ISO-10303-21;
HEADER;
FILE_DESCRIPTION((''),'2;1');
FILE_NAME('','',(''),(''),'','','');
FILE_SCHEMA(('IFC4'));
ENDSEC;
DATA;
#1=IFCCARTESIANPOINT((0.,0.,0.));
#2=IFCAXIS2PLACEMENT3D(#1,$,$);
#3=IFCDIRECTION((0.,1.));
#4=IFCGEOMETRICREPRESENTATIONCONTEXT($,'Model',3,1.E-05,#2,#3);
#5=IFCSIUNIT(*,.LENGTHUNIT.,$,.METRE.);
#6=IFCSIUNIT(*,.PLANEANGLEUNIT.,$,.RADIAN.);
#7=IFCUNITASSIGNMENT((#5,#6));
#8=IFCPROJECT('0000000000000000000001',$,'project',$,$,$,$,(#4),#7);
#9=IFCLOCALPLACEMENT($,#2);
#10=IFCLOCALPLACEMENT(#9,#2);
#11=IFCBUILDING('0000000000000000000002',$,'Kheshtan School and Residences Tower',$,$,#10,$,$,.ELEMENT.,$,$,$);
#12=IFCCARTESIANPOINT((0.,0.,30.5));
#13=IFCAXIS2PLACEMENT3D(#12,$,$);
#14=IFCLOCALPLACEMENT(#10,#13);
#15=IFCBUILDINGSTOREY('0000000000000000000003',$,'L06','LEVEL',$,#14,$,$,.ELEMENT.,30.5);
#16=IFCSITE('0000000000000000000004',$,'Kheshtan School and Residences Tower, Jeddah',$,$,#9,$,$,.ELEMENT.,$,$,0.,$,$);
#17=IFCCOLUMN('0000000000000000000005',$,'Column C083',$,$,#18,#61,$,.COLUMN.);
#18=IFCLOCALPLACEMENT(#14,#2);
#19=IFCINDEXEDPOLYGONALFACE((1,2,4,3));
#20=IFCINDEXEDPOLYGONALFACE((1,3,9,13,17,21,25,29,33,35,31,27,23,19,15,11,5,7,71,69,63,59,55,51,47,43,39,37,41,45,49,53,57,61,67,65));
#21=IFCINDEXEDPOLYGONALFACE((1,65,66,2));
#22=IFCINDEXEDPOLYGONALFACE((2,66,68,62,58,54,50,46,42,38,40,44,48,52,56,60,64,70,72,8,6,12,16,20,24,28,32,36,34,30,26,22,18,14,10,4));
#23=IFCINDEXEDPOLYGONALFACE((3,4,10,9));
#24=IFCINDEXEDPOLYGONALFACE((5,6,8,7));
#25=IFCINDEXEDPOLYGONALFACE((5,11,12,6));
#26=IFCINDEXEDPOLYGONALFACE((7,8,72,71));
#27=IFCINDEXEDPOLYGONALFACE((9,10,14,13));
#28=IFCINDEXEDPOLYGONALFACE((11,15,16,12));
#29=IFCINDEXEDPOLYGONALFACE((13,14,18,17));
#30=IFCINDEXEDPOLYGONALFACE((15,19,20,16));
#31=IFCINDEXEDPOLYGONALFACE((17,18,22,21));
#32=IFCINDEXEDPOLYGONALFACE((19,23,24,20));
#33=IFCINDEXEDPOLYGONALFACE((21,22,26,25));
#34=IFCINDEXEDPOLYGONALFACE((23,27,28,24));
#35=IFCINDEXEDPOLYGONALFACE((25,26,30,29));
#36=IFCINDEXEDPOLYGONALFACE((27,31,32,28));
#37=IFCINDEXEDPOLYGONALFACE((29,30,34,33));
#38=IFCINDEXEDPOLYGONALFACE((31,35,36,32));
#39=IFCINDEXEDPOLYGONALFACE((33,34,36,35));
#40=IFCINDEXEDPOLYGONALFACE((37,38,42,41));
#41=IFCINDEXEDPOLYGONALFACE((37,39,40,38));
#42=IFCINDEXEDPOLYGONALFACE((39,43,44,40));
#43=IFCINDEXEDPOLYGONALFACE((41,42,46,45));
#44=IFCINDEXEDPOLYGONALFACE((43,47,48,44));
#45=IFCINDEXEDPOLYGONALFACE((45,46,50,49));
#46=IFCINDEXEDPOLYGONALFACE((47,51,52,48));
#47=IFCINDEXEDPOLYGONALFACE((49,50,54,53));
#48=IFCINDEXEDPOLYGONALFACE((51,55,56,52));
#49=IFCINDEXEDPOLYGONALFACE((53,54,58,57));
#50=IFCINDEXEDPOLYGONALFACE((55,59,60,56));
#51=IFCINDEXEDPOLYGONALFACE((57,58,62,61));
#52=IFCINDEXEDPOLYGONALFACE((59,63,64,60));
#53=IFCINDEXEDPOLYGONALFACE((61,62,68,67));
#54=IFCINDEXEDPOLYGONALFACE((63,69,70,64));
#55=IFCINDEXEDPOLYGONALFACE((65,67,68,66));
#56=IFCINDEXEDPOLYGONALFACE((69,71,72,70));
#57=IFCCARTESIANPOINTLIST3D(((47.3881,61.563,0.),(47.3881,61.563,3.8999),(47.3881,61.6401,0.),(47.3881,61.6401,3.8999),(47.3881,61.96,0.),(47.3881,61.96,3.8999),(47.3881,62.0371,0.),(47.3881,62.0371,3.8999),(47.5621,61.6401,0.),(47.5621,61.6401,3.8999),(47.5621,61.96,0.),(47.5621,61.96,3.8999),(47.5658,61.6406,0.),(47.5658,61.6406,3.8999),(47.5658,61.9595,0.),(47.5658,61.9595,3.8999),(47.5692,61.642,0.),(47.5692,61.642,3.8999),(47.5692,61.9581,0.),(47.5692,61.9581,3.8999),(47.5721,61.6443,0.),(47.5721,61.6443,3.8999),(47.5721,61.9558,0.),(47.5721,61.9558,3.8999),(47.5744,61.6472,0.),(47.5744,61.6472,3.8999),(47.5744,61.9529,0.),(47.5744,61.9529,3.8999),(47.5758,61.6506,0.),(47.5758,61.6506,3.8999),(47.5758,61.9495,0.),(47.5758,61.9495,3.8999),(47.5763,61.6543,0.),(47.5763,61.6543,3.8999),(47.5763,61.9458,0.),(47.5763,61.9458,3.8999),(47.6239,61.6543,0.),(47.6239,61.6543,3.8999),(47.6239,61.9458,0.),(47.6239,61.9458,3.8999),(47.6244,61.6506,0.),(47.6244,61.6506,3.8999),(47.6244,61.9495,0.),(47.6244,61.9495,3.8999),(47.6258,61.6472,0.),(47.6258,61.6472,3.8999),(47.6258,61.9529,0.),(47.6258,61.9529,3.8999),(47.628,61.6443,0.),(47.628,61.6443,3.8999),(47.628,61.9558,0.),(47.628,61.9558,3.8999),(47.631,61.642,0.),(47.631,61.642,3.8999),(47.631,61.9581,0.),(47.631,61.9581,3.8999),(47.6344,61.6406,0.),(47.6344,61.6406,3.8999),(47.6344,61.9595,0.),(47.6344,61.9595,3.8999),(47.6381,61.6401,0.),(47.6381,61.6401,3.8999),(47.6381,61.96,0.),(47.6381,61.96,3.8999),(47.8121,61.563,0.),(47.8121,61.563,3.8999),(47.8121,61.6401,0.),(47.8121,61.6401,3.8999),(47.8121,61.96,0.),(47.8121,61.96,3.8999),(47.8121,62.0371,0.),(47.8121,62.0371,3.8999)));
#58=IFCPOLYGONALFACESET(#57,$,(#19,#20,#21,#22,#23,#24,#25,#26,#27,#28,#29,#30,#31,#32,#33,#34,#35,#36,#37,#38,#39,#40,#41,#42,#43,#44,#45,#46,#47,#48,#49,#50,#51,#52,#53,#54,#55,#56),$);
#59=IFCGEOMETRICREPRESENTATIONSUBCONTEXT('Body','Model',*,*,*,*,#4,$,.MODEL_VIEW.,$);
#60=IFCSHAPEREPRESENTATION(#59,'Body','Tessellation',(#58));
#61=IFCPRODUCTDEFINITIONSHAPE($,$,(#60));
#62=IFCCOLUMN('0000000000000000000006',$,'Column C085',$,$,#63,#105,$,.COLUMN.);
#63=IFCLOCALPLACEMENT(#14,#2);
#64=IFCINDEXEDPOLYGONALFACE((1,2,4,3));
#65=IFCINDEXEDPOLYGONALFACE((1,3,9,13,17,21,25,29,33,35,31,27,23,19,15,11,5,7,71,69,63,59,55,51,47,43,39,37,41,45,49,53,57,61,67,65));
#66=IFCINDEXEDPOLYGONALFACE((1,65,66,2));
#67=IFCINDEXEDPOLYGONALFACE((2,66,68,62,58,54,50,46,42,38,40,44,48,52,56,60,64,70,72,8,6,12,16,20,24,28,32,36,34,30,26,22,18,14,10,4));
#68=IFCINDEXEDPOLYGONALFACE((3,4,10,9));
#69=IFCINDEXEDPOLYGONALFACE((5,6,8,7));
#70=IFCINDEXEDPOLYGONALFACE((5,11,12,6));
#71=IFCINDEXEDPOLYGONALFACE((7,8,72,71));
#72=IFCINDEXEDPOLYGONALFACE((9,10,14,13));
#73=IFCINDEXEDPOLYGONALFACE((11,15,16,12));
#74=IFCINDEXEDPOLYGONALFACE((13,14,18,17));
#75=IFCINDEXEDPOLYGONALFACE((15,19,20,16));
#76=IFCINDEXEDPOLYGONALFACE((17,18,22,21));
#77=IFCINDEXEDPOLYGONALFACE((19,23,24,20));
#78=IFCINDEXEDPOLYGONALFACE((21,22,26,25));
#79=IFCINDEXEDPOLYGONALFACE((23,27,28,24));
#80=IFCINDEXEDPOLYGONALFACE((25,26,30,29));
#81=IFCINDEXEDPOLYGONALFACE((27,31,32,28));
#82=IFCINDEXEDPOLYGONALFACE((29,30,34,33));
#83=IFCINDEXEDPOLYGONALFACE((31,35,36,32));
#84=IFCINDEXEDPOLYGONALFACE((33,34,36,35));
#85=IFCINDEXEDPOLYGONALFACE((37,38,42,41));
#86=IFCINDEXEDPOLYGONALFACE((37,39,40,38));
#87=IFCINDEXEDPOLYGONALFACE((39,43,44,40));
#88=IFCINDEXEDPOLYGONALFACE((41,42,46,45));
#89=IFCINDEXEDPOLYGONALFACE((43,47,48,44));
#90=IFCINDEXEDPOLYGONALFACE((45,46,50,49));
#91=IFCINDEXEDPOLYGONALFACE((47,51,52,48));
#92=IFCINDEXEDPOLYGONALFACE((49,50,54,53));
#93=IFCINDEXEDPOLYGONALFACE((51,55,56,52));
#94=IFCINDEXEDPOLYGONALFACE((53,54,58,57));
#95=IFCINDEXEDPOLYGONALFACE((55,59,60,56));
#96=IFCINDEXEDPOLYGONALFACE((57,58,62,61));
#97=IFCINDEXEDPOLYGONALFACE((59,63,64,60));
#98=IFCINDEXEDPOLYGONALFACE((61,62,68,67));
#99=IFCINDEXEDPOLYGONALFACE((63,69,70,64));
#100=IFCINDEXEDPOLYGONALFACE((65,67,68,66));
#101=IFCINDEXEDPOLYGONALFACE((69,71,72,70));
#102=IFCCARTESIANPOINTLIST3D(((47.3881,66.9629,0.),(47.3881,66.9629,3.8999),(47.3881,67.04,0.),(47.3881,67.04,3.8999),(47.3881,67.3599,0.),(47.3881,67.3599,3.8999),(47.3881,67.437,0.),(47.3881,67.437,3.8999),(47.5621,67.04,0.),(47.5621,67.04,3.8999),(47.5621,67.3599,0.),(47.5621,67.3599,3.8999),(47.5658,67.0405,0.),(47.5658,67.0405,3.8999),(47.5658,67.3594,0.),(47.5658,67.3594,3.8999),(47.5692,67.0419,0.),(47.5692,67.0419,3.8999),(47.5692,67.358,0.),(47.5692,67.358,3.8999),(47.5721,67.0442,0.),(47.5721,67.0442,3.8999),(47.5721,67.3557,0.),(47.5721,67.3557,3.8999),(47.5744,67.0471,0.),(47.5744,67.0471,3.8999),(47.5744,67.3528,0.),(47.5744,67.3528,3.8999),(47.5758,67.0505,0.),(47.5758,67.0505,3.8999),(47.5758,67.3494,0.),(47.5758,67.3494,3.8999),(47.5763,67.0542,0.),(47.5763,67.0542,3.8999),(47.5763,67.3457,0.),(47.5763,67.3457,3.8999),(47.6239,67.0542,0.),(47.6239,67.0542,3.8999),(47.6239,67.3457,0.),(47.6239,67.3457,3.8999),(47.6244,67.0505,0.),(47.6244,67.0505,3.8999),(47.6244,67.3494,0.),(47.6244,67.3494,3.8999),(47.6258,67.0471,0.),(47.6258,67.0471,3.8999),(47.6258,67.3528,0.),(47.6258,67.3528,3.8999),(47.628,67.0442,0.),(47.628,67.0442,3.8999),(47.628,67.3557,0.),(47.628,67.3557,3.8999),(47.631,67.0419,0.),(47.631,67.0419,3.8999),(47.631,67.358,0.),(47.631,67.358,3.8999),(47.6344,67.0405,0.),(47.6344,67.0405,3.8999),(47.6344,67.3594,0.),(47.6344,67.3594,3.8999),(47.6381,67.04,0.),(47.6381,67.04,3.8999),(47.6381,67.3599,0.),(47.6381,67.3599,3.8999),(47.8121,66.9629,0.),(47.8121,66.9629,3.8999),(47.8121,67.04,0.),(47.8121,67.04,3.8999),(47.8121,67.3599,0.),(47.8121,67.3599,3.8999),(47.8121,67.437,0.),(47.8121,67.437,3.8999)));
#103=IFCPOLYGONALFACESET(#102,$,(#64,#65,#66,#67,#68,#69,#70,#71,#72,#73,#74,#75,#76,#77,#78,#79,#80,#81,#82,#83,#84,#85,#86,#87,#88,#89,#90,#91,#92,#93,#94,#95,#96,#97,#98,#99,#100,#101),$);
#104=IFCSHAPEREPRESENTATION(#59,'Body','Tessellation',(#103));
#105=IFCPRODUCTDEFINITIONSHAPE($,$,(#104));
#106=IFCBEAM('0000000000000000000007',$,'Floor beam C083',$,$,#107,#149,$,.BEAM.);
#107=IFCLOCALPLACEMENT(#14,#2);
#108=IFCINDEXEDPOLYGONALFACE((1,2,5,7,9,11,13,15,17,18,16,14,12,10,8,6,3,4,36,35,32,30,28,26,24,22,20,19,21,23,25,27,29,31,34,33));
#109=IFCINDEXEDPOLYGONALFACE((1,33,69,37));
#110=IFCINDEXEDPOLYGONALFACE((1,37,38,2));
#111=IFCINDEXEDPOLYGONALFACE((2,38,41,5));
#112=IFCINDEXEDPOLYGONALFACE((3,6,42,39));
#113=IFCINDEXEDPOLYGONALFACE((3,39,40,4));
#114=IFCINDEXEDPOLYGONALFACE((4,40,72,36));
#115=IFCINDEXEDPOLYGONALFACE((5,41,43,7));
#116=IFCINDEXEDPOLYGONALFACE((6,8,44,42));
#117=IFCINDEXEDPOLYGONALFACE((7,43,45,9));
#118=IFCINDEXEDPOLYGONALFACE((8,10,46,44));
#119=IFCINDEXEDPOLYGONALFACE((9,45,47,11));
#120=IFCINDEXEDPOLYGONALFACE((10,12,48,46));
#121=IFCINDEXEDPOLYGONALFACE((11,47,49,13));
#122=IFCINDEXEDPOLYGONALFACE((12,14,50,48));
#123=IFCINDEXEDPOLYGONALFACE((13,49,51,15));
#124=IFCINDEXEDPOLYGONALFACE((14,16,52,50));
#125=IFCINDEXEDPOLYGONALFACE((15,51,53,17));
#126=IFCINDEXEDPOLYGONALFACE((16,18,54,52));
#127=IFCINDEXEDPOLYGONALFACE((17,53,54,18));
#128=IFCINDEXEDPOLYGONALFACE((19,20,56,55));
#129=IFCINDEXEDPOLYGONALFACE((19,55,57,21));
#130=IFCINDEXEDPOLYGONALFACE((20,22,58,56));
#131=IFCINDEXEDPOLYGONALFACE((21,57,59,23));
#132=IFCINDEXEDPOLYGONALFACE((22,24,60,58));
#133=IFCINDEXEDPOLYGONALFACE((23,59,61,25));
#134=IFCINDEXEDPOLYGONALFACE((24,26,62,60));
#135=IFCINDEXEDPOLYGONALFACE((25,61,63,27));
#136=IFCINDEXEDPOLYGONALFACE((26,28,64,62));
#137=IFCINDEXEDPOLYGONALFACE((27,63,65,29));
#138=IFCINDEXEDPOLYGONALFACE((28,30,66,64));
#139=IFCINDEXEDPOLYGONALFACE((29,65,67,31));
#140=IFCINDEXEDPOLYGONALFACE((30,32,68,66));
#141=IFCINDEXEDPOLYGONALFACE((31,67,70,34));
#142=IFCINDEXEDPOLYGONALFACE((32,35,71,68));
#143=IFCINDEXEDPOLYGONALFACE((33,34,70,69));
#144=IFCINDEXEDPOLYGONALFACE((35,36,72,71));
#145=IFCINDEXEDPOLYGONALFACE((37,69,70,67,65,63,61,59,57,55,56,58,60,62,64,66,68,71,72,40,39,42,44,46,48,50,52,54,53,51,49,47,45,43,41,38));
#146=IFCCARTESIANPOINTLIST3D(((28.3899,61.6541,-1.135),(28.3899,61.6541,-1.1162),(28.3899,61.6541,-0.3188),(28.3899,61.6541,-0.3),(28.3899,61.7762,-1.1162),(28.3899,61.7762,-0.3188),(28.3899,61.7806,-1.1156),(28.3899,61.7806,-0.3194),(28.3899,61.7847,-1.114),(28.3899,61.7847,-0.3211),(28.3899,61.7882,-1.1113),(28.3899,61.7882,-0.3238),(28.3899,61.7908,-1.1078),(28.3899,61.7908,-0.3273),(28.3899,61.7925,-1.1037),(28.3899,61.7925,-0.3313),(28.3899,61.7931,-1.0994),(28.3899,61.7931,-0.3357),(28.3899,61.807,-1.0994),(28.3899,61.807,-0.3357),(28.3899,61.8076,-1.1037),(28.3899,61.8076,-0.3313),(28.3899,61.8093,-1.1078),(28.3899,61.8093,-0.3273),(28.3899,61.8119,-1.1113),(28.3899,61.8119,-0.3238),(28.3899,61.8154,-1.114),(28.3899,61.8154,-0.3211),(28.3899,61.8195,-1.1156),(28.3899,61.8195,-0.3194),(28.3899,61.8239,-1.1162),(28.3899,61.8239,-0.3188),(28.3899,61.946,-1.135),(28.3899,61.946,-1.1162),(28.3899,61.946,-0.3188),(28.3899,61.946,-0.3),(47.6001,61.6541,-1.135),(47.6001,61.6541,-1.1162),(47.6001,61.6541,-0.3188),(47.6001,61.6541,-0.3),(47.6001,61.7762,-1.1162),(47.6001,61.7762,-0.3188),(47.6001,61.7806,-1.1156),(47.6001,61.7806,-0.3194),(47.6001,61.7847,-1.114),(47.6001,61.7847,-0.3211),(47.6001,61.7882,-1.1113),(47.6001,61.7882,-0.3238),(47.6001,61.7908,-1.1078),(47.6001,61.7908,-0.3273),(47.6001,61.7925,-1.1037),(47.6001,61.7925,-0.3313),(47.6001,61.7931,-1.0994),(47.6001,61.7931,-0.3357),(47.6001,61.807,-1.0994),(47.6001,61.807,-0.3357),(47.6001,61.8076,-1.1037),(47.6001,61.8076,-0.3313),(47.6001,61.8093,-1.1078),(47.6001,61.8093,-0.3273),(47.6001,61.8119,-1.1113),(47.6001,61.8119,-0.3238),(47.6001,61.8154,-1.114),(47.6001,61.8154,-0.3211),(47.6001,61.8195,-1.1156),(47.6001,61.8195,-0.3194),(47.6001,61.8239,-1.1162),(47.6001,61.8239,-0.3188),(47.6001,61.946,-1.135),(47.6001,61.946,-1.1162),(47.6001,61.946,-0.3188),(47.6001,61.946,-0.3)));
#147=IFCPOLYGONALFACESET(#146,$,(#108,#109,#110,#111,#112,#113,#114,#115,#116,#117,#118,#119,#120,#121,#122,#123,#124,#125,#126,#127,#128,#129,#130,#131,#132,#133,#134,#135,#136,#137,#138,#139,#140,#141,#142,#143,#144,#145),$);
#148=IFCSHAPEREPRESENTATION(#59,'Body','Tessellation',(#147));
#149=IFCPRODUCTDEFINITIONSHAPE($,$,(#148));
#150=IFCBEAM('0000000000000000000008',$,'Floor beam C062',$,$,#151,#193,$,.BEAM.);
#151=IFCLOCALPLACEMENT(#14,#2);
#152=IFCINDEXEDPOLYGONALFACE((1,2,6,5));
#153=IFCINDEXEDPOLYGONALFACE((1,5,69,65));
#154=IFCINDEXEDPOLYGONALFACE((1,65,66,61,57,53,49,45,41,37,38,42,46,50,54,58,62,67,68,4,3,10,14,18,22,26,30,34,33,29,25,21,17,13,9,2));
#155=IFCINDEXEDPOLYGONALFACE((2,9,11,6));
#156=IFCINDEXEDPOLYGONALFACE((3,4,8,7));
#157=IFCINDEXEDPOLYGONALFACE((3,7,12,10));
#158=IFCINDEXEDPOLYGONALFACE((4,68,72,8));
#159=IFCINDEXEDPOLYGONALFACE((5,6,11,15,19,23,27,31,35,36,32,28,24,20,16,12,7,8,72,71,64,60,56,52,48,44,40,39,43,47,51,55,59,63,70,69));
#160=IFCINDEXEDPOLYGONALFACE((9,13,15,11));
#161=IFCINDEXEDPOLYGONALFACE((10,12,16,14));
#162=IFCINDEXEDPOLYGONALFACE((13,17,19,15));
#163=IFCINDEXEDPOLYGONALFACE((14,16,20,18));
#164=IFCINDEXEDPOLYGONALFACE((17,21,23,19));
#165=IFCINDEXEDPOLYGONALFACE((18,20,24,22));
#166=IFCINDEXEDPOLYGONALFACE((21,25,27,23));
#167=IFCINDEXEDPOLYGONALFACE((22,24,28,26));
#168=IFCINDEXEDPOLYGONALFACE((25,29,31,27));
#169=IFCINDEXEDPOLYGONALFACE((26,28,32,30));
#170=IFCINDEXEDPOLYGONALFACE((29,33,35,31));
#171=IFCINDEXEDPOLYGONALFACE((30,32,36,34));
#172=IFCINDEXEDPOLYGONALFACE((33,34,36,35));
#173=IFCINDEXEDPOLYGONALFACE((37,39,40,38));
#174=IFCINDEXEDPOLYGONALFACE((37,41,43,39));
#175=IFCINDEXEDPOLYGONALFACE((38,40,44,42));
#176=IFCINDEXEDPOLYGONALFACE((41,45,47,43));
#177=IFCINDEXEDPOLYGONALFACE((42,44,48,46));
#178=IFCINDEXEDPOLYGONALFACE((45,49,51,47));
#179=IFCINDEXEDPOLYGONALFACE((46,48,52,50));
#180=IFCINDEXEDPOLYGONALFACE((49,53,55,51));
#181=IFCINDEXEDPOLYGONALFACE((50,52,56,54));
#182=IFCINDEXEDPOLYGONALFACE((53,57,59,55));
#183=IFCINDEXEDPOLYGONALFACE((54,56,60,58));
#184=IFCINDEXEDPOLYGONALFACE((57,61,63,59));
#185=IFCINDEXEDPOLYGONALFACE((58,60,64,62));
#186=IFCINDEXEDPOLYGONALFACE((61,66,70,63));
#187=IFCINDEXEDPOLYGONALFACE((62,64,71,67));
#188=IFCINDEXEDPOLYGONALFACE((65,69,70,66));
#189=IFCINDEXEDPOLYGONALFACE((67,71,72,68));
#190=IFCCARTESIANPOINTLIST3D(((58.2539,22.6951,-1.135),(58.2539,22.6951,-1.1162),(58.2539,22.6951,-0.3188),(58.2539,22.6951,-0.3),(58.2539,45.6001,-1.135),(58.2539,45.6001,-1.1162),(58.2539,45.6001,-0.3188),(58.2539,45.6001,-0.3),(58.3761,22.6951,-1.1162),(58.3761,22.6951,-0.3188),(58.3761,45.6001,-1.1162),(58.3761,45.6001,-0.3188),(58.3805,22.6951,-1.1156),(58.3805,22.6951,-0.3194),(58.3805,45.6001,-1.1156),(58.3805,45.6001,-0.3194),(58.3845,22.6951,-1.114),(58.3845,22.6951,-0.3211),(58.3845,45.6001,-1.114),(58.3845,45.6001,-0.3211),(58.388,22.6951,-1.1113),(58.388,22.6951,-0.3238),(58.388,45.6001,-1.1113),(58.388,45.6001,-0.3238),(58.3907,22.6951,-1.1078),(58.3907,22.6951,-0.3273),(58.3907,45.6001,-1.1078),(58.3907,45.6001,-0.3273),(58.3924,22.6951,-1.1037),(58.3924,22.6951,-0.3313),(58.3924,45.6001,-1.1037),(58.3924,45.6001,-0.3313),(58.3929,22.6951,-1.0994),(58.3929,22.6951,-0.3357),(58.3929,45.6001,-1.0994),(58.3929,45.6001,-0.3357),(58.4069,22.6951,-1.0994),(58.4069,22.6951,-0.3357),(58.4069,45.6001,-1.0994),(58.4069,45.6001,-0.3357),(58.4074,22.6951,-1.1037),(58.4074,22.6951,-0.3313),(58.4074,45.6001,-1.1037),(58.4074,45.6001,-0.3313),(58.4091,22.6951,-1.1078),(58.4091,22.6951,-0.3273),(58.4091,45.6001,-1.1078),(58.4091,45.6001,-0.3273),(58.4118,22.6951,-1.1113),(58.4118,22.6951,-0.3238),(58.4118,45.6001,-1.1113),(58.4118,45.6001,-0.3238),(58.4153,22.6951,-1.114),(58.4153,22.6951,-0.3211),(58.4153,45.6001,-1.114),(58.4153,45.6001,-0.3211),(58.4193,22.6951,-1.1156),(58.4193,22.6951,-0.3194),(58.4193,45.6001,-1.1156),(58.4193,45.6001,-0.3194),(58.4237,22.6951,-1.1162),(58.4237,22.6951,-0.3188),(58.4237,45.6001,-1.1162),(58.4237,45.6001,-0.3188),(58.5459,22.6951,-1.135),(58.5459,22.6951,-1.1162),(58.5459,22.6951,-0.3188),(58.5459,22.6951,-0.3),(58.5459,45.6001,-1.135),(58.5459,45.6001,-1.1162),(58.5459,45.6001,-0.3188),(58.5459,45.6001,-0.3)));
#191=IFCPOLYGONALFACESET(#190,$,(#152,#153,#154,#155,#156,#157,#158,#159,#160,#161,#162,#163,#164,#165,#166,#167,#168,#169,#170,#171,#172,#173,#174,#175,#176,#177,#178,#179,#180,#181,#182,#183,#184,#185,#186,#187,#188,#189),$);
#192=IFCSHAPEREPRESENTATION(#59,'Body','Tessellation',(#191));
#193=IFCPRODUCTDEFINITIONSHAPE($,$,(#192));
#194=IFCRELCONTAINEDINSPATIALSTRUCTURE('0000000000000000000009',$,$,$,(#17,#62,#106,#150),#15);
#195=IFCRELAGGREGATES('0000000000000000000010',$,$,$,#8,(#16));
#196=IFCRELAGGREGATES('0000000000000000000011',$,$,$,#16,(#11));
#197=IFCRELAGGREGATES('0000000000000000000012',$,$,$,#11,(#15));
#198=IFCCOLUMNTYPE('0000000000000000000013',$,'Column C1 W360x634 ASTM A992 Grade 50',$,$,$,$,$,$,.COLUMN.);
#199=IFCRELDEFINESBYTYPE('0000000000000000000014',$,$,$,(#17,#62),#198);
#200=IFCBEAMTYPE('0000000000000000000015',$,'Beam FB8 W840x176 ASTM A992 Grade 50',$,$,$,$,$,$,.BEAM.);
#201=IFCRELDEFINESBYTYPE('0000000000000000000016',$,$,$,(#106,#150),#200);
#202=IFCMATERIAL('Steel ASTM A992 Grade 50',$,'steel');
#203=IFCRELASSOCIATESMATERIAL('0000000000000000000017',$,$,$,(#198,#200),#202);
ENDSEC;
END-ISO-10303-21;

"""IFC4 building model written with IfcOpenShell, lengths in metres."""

from ifc_helpers import new_model, si_unit, direction, frame, origin, origin_2d, place, context, subcontext, project, spatial, i_section, extrude, material, material_profile, profile_set, type_object, element, save


model = new_model("IFC4")

# Units and contexts
model_context = context("Model", 3, precision=1e-05, world=origin(), true_north=direction((0.0, 1.0)))
body_context = subcontext(model_context, "Body", "Model", "MODEL_VIEW")
ifc_project = project(units=[si_unit("LENGTHUNIT", "METRE"), si_unit("PLANEANGLEUNIT", "RADIAN")], contexts=[model_context])

# Site, building, storey
site_placement = place(None, origin())
site = spatial("IfcSite", under=ifc_project, at=site_placement, Name="Kheshtan School and Residences Tower, Jeddah", CompositionType="ELEMENT", RefElevation=0.0)
building_placement = place(site_placement, origin())
building = spatial("IfcBuilding", under=site, at=building_placement, Name="Kheshtan School and Residences Tower", CompositionType="ELEMENT")
storey_placement = place(building_placement, frame((0.0, 0.0, 30.5)))
storey = spatial("IfcBuildingStorey", under=building, at=storey_placement, Name="L06", Description="LEVEL", CompositionType="ELEMENT", Elevation=30.5)

# Columns
ifc_material_1 = material(Name="Steel ASTM A992 Grade 50", Category="steel")
ifc_material_profile_1 = material_profile(ifc_material_1, i_section(OverallWidth=0.4241, OverallDepth=0.4741, WebThickness=0.0476, FlangeThickness=0.0771, FilletRadius=0.0142, at=origin_2d()), Name="W360x634")
ifc_profile_set_1 = profile_set([ifc_material_profile_1], Name="Steel ASTM A992 Grade 50")
column_type = type_object("IfcColumnType", Name="Column C1 W360x634 ASTM A992 Grade 50", PredefinedType="COLUMN", material=ifc_profile_set_1)
for number, where, z_axis, x_axis, name in (
    (1, (47.6001, 61.8, 0.0), (0.0, 0.0, 1.0), (1.0, 0.0, 0.0), "Column C083"),
    (2, (47.6001, 67.2, 0.0), (0.0, 0.0, 1.0), (1.0, 0.0, 0.0), "Column C085"),
):
    element("IfcColumn", number, at=place(storey_placement, frame(where, z_axis=z_axis, x_axis=x_axis)), inside=storey, type_object=column_type, Name=name, PredefinedType="COLUMN", context=body_context, shape_type="SweptSolid", body=[
        extrude(i_section(OverallWidth=0.4241, OverallDepth=0.4741, WebThickness=0.0476, FlangeThickness=0.0771, FilletRadius=0.0142, at=origin_2d()), origin(), (0.0, 0.0, 1.0), 3.8999),
    ])

# Beams
ifc_material_profile_2 = material_profile(ifc_material_1, i_section(OverallWidth=0.292, OverallDepth=0.835, WebThickness=0.0139, FlangeThickness=0.0188, FilletRadius=0.0168, at=origin_2d()), Name="W840x176")
ifc_profile_set_2 = profile_set([ifc_material_profile_2], Name="Steel ASTM A992 Grade 50")
beam_type_1 = type_object("IfcBeamType", Name="Beam FB8 W840x176 ASTM A992 Grade 50", PredefinedType="BEAM", material=ifc_profile_set_2)
beam_1_placement = place(storey_placement, frame((47.6001, 61.8, -0.7175), z_axis=(-1.0, 0.0, 0.0), x_axis=(0.0, -1.0, 0.0)))
element("IfcBeam", 3, at=beam_1_placement, inside=storey, type_object=beam_type_1, Name="Floor beam C083", PredefinedType="BEAM", context=body_context, shape_type="SweptSolid", body=[
    extrude(i_section(OverallWidth=0.292, OverallDepth=0.835, WebThickness=0.0139, FlangeThickness=0.0188, FilletRadius=0.0168, at=origin_2d()), origin(), (0.0, 0.0, 1.0), 19.2102),
])
beam_2_placement = place(storey_placement, frame((58.3999, 45.6001, -0.7175), z_axis=(0.0, -1.0, 0.0), x_axis=(1.0, 0.0, 0.0)))
element("IfcBeam", 4, at=beam_2_placement, inside=storey, type_object=beam_type_1, Name="Floor beam C062", PredefinedType="BEAM", context=body_context, shape_type="SweptSolid", body=[
    extrude(i_section(OverallWidth=0.292, OverallDepth=0.835, WebThickness=0.0139, FlangeThickness=0.0188, FilletRadius=0.0168, at=origin_2d()), origin(), (0.0, 0.0, 1.0), 22.905),
])

save(model, "model.ifc")
